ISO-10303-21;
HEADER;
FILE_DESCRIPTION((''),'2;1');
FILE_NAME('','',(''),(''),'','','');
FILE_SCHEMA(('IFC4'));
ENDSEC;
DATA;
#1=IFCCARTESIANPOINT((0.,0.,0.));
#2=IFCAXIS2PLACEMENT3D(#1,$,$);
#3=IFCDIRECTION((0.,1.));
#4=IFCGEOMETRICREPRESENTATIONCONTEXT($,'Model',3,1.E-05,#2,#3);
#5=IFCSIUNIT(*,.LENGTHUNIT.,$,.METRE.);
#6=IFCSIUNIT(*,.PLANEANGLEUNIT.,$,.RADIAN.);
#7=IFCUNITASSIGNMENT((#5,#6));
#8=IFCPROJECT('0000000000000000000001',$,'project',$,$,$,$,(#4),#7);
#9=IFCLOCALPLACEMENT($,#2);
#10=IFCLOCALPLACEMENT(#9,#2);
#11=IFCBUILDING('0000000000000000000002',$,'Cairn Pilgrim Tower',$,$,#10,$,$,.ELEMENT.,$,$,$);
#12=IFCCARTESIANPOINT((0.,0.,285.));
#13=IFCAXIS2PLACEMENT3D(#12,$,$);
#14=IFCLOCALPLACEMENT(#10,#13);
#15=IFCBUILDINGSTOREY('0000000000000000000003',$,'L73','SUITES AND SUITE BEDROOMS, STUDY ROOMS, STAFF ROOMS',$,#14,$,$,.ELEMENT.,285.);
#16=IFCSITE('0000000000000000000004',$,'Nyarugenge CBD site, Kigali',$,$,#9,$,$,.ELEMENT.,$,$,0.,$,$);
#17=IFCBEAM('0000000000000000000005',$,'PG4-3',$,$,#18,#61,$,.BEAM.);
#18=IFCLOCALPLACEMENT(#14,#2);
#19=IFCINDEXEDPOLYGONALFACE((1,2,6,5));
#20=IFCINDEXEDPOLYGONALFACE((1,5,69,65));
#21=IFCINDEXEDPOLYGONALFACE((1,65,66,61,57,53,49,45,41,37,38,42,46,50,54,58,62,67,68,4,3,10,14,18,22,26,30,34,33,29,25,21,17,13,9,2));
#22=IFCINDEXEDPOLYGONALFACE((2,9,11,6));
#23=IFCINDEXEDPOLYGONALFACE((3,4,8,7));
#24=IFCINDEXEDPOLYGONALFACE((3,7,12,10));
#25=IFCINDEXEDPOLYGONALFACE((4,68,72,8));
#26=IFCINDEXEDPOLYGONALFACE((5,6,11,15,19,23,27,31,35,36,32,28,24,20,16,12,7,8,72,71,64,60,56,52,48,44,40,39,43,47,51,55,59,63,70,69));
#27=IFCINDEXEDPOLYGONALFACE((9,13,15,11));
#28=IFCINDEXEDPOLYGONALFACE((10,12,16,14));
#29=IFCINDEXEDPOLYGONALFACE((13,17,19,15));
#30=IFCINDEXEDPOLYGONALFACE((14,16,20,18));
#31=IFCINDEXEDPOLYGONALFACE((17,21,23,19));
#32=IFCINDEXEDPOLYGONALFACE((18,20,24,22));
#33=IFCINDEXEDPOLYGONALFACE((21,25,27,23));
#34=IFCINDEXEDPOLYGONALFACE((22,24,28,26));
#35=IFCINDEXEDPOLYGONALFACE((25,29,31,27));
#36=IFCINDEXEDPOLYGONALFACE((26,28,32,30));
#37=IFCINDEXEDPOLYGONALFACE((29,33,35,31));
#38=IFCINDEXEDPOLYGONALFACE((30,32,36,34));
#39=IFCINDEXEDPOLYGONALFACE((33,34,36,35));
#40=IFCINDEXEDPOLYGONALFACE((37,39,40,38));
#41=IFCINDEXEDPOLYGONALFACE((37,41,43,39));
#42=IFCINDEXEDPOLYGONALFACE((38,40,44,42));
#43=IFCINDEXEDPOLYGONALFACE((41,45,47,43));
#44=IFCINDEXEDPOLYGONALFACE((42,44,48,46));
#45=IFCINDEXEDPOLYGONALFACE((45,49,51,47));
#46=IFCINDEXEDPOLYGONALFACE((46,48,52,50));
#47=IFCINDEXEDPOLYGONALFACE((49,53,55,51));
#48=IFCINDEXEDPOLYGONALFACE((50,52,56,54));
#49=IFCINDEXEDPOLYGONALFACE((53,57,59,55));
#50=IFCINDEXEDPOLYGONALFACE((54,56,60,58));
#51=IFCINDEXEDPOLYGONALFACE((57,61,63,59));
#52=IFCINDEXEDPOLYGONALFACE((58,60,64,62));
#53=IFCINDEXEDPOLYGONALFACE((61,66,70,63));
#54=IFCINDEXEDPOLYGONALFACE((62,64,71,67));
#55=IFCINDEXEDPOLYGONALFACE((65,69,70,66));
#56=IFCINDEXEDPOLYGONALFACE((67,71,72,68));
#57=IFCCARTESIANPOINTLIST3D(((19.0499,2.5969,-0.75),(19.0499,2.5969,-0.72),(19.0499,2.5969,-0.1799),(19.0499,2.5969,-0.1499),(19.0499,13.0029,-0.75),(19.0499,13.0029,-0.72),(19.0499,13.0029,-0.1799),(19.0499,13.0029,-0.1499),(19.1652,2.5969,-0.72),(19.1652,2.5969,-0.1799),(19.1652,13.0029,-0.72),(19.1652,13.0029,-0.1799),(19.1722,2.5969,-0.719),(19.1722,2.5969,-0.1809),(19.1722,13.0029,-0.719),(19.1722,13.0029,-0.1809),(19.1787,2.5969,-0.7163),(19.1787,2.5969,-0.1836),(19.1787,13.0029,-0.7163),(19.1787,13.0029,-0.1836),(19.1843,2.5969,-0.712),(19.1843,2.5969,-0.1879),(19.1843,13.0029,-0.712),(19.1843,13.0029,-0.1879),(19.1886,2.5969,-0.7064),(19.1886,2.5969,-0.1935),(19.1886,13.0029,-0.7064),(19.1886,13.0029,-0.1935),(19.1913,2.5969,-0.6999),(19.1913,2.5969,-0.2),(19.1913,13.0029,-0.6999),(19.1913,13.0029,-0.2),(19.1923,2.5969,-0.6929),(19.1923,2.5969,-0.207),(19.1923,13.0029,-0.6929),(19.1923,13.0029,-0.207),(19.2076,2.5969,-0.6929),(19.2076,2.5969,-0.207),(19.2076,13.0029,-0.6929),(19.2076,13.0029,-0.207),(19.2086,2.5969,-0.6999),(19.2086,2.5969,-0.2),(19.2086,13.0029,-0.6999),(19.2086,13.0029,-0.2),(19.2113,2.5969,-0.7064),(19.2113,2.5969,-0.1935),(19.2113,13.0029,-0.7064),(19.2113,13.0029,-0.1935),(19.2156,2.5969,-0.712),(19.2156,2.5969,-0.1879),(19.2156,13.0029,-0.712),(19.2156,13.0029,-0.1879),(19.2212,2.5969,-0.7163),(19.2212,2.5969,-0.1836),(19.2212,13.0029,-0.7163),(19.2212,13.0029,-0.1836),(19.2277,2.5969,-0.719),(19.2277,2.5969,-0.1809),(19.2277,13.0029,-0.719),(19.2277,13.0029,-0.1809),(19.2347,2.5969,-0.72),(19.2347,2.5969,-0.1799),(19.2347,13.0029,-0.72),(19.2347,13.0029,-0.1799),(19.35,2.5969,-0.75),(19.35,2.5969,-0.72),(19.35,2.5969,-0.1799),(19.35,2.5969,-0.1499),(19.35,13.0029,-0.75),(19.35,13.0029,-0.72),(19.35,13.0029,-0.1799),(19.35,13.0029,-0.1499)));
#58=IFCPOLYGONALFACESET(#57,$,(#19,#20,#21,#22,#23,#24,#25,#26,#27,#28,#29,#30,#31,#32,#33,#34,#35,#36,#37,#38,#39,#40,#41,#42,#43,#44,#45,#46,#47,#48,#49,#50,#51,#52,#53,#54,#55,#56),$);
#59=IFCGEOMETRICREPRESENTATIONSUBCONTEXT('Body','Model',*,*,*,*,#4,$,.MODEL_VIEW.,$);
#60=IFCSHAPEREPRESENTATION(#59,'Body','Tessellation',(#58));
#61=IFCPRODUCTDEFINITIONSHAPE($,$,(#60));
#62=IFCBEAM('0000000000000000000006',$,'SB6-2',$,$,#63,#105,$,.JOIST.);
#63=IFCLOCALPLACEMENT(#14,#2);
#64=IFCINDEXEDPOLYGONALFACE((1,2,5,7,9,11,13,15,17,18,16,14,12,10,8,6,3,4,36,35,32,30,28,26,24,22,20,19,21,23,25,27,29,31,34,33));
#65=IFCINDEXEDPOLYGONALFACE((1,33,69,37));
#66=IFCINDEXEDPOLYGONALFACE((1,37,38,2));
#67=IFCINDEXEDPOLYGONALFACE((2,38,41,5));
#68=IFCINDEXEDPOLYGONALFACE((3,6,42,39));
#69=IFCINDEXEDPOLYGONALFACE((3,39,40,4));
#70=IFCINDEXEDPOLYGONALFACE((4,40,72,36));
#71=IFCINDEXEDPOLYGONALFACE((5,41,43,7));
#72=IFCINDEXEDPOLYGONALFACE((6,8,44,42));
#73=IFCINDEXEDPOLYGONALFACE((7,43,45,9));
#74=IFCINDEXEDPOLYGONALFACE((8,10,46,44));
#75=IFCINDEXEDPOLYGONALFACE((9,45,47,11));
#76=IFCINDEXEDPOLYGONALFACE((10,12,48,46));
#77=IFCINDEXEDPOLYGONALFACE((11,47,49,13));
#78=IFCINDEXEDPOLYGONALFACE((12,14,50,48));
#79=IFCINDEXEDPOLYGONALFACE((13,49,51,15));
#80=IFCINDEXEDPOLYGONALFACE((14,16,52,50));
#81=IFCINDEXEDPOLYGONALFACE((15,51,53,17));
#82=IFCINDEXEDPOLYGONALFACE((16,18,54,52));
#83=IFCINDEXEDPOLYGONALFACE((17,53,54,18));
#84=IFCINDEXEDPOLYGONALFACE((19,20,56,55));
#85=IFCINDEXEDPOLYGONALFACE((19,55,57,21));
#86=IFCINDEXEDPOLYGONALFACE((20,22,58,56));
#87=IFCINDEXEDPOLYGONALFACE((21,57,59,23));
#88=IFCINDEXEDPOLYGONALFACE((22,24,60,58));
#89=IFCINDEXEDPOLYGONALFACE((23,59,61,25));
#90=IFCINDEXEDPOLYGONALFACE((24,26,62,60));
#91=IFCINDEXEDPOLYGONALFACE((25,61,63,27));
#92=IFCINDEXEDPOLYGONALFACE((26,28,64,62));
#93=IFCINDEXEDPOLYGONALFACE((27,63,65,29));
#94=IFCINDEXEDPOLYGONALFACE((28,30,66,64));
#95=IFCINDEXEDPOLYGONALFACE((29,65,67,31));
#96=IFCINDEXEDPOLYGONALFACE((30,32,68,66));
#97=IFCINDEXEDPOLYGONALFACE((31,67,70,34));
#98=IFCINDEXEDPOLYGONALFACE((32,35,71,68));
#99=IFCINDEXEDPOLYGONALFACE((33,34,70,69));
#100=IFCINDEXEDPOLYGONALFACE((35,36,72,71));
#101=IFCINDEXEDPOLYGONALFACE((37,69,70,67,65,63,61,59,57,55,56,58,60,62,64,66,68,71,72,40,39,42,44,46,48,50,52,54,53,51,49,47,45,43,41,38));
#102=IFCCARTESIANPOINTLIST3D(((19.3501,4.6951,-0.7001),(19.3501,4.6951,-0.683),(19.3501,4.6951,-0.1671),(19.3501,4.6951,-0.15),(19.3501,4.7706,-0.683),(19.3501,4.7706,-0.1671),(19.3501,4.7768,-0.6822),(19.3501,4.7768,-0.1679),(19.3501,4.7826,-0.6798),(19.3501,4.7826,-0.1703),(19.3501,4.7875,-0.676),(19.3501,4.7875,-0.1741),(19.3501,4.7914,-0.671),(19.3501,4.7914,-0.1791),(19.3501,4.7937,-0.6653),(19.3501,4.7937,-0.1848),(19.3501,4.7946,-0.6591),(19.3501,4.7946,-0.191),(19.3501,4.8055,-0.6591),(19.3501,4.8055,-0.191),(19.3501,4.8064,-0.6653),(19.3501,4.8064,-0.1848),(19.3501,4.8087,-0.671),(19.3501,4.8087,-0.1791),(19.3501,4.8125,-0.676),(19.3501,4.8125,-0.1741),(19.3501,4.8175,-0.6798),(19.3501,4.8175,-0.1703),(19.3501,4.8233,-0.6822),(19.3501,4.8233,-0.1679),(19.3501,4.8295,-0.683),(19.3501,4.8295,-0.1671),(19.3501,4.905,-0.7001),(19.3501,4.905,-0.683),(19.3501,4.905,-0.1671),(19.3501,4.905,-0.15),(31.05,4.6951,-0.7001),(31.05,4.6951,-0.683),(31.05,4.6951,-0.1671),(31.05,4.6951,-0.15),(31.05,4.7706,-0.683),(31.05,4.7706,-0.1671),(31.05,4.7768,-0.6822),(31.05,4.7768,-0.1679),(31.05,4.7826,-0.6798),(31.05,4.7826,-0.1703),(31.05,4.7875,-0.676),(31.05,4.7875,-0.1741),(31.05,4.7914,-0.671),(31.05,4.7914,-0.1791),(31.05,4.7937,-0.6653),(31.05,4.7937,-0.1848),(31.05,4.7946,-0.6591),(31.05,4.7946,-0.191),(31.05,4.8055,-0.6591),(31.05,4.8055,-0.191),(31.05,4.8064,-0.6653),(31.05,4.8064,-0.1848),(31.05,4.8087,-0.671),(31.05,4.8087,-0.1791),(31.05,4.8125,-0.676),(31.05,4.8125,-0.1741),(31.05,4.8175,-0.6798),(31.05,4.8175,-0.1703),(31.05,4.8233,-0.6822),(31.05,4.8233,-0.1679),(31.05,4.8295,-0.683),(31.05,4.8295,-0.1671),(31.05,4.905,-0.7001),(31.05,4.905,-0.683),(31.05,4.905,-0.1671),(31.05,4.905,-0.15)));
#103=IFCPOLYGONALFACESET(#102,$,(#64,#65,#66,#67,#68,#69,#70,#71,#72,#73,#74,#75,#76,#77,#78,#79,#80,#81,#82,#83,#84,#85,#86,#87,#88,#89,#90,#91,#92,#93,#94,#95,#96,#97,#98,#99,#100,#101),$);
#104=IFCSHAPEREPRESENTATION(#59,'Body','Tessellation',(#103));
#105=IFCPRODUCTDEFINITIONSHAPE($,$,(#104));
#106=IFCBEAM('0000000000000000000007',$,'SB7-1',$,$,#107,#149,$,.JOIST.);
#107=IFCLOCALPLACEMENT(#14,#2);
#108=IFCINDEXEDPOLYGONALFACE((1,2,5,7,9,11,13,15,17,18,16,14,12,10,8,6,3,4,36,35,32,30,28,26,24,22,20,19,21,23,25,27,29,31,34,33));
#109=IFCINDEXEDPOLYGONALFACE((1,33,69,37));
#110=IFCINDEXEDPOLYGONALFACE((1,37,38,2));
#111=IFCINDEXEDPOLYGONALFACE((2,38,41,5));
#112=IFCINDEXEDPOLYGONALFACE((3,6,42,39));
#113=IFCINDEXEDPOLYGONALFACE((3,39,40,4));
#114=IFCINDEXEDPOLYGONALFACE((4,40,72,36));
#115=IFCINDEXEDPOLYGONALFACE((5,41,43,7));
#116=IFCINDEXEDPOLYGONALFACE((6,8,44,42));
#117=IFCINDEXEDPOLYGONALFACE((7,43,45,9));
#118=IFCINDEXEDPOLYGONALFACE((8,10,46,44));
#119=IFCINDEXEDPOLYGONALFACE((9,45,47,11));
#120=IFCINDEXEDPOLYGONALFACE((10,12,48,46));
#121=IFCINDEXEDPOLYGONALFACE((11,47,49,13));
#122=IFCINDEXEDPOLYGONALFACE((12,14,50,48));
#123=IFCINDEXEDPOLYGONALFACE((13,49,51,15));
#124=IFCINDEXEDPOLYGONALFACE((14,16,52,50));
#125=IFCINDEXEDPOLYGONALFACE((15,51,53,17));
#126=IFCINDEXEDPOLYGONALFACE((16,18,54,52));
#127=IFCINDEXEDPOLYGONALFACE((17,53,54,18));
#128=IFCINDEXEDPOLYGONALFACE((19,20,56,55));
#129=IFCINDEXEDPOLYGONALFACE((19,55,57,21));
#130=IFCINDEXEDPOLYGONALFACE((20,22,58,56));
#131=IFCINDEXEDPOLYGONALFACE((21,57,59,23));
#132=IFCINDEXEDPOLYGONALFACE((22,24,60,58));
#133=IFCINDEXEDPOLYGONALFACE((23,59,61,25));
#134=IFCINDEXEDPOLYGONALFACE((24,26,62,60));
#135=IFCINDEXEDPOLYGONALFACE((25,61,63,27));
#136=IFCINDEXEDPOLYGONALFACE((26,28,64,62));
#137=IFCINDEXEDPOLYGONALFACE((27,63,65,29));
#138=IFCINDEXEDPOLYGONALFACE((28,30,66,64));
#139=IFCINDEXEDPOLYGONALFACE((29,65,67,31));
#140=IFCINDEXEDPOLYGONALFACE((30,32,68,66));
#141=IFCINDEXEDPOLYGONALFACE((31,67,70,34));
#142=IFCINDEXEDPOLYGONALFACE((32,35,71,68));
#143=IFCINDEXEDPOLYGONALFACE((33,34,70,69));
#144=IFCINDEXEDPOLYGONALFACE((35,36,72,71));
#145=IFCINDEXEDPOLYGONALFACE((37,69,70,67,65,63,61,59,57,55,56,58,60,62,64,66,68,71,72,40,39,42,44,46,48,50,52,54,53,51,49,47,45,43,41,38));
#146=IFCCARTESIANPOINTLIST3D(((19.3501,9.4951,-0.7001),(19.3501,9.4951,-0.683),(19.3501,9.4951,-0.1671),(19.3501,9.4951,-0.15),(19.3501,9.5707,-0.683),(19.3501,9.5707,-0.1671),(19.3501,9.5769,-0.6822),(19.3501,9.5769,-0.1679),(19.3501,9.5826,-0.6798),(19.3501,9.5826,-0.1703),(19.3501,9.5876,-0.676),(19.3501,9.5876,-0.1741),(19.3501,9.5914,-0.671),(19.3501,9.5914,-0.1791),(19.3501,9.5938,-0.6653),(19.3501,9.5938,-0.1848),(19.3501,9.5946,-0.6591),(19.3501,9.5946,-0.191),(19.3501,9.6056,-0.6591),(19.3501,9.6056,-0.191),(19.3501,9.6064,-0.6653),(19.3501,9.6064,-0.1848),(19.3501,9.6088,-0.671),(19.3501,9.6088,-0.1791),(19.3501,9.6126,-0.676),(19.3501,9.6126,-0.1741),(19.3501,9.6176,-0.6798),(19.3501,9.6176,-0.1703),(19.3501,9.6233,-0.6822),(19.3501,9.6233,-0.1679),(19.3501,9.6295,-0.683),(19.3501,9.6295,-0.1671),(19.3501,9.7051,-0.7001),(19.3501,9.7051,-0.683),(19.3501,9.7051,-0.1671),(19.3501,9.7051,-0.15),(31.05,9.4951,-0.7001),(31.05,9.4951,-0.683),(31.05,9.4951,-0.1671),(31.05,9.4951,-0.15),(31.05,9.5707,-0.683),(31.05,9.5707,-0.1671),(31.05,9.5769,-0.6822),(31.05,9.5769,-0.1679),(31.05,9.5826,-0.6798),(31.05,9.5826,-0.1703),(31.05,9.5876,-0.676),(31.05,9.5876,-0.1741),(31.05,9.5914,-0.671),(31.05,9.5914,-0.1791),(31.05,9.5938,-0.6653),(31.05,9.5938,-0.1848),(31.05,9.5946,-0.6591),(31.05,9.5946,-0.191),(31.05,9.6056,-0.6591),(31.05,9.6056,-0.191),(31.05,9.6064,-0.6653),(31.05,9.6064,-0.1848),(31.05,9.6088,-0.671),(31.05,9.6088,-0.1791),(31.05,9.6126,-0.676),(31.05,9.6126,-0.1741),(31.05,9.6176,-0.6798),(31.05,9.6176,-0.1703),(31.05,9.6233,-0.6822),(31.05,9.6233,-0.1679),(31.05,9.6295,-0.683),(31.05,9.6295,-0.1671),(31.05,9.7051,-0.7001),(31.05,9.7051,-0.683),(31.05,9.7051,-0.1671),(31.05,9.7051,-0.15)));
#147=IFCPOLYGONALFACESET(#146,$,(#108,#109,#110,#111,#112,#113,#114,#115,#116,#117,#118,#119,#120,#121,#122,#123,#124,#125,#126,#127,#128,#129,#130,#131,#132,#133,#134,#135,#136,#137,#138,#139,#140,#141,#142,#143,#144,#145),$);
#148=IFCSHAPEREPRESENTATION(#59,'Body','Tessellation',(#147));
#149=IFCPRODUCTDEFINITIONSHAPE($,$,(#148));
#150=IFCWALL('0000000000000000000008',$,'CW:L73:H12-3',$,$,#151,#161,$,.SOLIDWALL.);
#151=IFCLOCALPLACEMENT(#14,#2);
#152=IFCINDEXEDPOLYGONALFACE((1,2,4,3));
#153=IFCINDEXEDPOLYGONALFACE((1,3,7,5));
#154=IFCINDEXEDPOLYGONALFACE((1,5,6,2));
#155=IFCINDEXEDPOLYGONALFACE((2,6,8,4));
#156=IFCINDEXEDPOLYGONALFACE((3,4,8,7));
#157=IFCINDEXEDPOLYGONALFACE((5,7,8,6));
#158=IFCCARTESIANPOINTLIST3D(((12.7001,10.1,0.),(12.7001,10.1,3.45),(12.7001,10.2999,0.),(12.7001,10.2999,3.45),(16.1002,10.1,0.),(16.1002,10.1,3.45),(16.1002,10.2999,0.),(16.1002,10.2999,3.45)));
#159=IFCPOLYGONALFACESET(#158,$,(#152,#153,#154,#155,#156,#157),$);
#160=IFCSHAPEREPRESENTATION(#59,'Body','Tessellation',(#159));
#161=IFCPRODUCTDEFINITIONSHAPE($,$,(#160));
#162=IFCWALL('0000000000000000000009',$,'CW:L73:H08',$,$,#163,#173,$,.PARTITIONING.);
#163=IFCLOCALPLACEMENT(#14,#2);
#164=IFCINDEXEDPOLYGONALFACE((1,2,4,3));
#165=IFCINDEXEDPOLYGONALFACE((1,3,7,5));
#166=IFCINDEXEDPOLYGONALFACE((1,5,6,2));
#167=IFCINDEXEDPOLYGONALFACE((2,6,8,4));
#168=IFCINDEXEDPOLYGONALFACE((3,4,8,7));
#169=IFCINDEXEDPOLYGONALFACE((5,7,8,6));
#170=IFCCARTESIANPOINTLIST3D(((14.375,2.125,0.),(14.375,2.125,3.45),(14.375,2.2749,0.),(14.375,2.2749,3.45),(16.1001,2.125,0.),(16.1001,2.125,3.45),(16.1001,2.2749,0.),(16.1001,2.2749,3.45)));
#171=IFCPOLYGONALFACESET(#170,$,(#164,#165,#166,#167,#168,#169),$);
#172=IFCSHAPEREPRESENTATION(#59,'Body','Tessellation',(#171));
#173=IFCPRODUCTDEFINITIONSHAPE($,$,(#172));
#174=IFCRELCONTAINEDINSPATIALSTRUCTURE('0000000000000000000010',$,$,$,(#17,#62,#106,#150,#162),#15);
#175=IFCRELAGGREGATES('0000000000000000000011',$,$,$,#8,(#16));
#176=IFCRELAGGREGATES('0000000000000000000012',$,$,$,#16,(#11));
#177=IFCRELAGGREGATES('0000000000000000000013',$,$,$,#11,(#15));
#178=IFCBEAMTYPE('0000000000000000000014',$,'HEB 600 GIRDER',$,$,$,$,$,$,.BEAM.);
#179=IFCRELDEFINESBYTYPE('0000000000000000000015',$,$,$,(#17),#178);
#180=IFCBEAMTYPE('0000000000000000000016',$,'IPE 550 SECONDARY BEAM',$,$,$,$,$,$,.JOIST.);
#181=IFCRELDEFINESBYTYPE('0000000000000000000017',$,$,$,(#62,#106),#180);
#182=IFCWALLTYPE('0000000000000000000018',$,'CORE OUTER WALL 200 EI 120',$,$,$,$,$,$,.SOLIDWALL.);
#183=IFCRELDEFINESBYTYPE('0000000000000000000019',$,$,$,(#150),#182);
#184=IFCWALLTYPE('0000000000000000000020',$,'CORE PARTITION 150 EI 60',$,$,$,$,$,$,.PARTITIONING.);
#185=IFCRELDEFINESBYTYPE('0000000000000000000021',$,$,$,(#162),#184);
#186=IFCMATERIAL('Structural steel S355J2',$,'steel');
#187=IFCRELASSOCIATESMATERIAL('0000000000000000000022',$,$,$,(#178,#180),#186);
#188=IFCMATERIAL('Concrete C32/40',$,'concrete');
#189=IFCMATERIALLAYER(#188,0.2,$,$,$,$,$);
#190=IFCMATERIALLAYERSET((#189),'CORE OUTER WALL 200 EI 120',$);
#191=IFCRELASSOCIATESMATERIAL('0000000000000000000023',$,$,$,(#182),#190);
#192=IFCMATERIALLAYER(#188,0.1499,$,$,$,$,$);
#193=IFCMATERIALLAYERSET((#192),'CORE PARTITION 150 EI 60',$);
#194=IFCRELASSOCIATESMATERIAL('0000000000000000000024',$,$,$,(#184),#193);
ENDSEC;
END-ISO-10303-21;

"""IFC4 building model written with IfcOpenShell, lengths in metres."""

from ifc_helpers import new_model, si_unit, direction, frame, frame_2d, origin, origin_2d, place, context, subcontext, project, spatial, rectangle, i_section, extrude, material, layer, layer_set, material_profile, profile_set, type_object, element, save


model = new_model("IFC4")

# Units and contexts
model_context = context("Model", 3, precision=1e-05, world=origin(), true_north=direction((0.0, 1.0)))
body_context = subcontext(model_context, "Body", "Model", "MODEL_VIEW")
ifc_project = project(units=[si_unit("LENGTHUNIT", "METRE"), si_unit("PLANEANGLEUNIT", "RADIAN")], contexts=[model_context])

# Site, building, storey
site_placement = place(None, origin())
site = spatial("IfcSite", under=ifc_project, at=site_placement, Name="Nyarugenge CBD site, Kigali", CompositionType="ELEMENT", RefElevation=0.0)
building_placement = place(site_placement, origin())
building = spatial("IfcBuilding", under=site, at=building_placement, Name="Cairn Pilgrim Tower", CompositionType="ELEMENT")
storey_placement = place(building_placement, frame((0.0, 0.0, 285.0)))
storey = spatial("IfcBuildingStorey", under=building, at=storey_placement, Name="L73", Description="SUITES AND SUITE BEDROOMS, STUDY ROOMS, STAFF ROOMS", CompositionType="ELEMENT", Elevation=285.0)

# Shared definitions
ifc_material_1 = material(Name="Structural steel S355J2", Category="steel")

# Beams
ifc_material_profile_1 = material_profile(ifc_material_1, i_section(OverallWidth=0.3, OverallDepth=0.6001, WebThickness=0.0154, FlangeThickness=0.03, FilletRadius=0.0271, at=origin_2d()), Name="HEB 600")
ifc_profile_set_1 = profile_set([ifc_material_profile_1], Name="Structural steel S355J2")
beam_type_1 = type_object("IfcBeamType", Name="HEB 600 GIRDER", PredefinedType="BEAM", material=ifc_profile_set_1)
beam_1_placement = place(storey_placement, frame((19.2, 2.5969, -0.45), z_axis=(0.0, 1.0, 0.0), x_axis=(-1.0, 0.0, 0.0)))
element("IfcBeam", 1, at=beam_1_placement, inside=storey, type_object=beam_type_1, Name="PG4-3", PredefinedType="BEAM", context=body_context, shape_type="SweptSolid", body=[
    extrude(i_section(OverallWidth=0.3, OverallDepth=0.6001, WebThickness=0.0154, FlangeThickness=0.03, FilletRadius=0.0271, at=origin_2d()), origin(), (0.0, 0.0, 1.0), 10.406),
])
ifc_material_profile_2 = material_profile(ifc_material_1, i_section(OverallWidth=0.21, OverallDepth=0.55, WebThickness=0.011, FlangeThickness=0.0171, FilletRadius=0.0239, at=origin_2d()), Name="IPE 550")
ifc_profile_set_2 = profile_set([ifc_material_profile_2], Name="Structural steel S355J2")
beam_type_2 = type_object("IfcBeamType", Name="IPE 550 SECONDARY BEAM", PredefinedType="JOIST", material=ifc_profile_set_2)
for number, where, z_axis, x_axis, name in (
    (2, (19.3501, 4.8, -0.425), (1.0, 0.0, 0.0), (0.0, 1.0, 0.0), "SB6-2"),
    (3, (19.3501, 9.6001, -0.425), (1.0, 0.0, 0.0), (0.0, 1.0, 0.0), "SB7-1"),
):
    element("IfcBeam", number, at=place(storey_placement, frame(where, z_axis=z_axis, x_axis=x_axis)), inside=storey, type_object=beam_type_2, Name=name, PredefinedType="JOIST", context=body_context, shape_type="SweptSolid", body=[
        extrude(i_section(OverallWidth=0.21, OverallDepth=0.55, WebThickness=0.011, FlangeThickness=0.0171, FilletRadius=0.0239, at=origin_2d()), origin(), (0.0, 0.0, 1.0), 11.7),
    ])

# Walls
ifc_material_2 = material(Name="Concrete C32/40", Category="concrete")
ifc_layer_1 = layer(ifc_material_2, 0.2)
ifc_layer_set_1 = layer_set([ifc_layer_1], Name="CORE OUTER WALL 200 EI 120")
wall_type_1 = type_object("IfcWallType", Name="CORE OUTER WALL 200 EI 120", PredefinedType="SOLIDWALL", material=ifc_layer_set_1)
wall_1_placement = place(storey_placement, frame((12.7, 10.2, 0.0), z_axis=(0.0, 0.0, 1.0), x_axis=(1.0, 0.0, 0.0)))
element("IfcWall", 4, at=wall_1_placement, inside=storey, type_object=wall_type_1, Name="CW:L73:H12-3", PredefinedType="SOLIDWALL", context=body_context, shape_type="SweptSolid", body=[
    extrude(rectangle(XDim=3.4001, YDim=0.2, at=frame_2d((1.7002, 0.0))), origin(), (0.0, 0.0, 1.0), 3.45),
])
ifc_layer_2 = layer(ifc_material_2, 0.1499)
ifc_layer_set_2 = layer_set([ifc_layer_2], Name="CORE PARTITION 150 EI 60")
wall_type_2 = type_object("IfcWallType", Name="CORE PARTITION 150 EI 60", PredefinedType="PARTITIONING", material=ifc_layer_set_2)
wall_2_placement = place(storey_placement, frame((14.375, 2.2, 0.0), z_axis=(0.0, 0.0, 1.0), x_axis=(1.0, 0.0, 0.0)))
element("IfcWall", 5, at=wall_2_placement, inside=storey, type_object=wall_type_2, Name="CW:L73:H08", PredefinedType="PARTITIONING", context=body_context, shape_type="SweptSolid", body=[
    extrude(rectangle(XDim=1.7251, YDim=0.1499, at=frame_2d((0.8625, 0.0))), origin(), (0.0, 0.0, 1.0), 3.45),
])

save(model, "model.ifc")
